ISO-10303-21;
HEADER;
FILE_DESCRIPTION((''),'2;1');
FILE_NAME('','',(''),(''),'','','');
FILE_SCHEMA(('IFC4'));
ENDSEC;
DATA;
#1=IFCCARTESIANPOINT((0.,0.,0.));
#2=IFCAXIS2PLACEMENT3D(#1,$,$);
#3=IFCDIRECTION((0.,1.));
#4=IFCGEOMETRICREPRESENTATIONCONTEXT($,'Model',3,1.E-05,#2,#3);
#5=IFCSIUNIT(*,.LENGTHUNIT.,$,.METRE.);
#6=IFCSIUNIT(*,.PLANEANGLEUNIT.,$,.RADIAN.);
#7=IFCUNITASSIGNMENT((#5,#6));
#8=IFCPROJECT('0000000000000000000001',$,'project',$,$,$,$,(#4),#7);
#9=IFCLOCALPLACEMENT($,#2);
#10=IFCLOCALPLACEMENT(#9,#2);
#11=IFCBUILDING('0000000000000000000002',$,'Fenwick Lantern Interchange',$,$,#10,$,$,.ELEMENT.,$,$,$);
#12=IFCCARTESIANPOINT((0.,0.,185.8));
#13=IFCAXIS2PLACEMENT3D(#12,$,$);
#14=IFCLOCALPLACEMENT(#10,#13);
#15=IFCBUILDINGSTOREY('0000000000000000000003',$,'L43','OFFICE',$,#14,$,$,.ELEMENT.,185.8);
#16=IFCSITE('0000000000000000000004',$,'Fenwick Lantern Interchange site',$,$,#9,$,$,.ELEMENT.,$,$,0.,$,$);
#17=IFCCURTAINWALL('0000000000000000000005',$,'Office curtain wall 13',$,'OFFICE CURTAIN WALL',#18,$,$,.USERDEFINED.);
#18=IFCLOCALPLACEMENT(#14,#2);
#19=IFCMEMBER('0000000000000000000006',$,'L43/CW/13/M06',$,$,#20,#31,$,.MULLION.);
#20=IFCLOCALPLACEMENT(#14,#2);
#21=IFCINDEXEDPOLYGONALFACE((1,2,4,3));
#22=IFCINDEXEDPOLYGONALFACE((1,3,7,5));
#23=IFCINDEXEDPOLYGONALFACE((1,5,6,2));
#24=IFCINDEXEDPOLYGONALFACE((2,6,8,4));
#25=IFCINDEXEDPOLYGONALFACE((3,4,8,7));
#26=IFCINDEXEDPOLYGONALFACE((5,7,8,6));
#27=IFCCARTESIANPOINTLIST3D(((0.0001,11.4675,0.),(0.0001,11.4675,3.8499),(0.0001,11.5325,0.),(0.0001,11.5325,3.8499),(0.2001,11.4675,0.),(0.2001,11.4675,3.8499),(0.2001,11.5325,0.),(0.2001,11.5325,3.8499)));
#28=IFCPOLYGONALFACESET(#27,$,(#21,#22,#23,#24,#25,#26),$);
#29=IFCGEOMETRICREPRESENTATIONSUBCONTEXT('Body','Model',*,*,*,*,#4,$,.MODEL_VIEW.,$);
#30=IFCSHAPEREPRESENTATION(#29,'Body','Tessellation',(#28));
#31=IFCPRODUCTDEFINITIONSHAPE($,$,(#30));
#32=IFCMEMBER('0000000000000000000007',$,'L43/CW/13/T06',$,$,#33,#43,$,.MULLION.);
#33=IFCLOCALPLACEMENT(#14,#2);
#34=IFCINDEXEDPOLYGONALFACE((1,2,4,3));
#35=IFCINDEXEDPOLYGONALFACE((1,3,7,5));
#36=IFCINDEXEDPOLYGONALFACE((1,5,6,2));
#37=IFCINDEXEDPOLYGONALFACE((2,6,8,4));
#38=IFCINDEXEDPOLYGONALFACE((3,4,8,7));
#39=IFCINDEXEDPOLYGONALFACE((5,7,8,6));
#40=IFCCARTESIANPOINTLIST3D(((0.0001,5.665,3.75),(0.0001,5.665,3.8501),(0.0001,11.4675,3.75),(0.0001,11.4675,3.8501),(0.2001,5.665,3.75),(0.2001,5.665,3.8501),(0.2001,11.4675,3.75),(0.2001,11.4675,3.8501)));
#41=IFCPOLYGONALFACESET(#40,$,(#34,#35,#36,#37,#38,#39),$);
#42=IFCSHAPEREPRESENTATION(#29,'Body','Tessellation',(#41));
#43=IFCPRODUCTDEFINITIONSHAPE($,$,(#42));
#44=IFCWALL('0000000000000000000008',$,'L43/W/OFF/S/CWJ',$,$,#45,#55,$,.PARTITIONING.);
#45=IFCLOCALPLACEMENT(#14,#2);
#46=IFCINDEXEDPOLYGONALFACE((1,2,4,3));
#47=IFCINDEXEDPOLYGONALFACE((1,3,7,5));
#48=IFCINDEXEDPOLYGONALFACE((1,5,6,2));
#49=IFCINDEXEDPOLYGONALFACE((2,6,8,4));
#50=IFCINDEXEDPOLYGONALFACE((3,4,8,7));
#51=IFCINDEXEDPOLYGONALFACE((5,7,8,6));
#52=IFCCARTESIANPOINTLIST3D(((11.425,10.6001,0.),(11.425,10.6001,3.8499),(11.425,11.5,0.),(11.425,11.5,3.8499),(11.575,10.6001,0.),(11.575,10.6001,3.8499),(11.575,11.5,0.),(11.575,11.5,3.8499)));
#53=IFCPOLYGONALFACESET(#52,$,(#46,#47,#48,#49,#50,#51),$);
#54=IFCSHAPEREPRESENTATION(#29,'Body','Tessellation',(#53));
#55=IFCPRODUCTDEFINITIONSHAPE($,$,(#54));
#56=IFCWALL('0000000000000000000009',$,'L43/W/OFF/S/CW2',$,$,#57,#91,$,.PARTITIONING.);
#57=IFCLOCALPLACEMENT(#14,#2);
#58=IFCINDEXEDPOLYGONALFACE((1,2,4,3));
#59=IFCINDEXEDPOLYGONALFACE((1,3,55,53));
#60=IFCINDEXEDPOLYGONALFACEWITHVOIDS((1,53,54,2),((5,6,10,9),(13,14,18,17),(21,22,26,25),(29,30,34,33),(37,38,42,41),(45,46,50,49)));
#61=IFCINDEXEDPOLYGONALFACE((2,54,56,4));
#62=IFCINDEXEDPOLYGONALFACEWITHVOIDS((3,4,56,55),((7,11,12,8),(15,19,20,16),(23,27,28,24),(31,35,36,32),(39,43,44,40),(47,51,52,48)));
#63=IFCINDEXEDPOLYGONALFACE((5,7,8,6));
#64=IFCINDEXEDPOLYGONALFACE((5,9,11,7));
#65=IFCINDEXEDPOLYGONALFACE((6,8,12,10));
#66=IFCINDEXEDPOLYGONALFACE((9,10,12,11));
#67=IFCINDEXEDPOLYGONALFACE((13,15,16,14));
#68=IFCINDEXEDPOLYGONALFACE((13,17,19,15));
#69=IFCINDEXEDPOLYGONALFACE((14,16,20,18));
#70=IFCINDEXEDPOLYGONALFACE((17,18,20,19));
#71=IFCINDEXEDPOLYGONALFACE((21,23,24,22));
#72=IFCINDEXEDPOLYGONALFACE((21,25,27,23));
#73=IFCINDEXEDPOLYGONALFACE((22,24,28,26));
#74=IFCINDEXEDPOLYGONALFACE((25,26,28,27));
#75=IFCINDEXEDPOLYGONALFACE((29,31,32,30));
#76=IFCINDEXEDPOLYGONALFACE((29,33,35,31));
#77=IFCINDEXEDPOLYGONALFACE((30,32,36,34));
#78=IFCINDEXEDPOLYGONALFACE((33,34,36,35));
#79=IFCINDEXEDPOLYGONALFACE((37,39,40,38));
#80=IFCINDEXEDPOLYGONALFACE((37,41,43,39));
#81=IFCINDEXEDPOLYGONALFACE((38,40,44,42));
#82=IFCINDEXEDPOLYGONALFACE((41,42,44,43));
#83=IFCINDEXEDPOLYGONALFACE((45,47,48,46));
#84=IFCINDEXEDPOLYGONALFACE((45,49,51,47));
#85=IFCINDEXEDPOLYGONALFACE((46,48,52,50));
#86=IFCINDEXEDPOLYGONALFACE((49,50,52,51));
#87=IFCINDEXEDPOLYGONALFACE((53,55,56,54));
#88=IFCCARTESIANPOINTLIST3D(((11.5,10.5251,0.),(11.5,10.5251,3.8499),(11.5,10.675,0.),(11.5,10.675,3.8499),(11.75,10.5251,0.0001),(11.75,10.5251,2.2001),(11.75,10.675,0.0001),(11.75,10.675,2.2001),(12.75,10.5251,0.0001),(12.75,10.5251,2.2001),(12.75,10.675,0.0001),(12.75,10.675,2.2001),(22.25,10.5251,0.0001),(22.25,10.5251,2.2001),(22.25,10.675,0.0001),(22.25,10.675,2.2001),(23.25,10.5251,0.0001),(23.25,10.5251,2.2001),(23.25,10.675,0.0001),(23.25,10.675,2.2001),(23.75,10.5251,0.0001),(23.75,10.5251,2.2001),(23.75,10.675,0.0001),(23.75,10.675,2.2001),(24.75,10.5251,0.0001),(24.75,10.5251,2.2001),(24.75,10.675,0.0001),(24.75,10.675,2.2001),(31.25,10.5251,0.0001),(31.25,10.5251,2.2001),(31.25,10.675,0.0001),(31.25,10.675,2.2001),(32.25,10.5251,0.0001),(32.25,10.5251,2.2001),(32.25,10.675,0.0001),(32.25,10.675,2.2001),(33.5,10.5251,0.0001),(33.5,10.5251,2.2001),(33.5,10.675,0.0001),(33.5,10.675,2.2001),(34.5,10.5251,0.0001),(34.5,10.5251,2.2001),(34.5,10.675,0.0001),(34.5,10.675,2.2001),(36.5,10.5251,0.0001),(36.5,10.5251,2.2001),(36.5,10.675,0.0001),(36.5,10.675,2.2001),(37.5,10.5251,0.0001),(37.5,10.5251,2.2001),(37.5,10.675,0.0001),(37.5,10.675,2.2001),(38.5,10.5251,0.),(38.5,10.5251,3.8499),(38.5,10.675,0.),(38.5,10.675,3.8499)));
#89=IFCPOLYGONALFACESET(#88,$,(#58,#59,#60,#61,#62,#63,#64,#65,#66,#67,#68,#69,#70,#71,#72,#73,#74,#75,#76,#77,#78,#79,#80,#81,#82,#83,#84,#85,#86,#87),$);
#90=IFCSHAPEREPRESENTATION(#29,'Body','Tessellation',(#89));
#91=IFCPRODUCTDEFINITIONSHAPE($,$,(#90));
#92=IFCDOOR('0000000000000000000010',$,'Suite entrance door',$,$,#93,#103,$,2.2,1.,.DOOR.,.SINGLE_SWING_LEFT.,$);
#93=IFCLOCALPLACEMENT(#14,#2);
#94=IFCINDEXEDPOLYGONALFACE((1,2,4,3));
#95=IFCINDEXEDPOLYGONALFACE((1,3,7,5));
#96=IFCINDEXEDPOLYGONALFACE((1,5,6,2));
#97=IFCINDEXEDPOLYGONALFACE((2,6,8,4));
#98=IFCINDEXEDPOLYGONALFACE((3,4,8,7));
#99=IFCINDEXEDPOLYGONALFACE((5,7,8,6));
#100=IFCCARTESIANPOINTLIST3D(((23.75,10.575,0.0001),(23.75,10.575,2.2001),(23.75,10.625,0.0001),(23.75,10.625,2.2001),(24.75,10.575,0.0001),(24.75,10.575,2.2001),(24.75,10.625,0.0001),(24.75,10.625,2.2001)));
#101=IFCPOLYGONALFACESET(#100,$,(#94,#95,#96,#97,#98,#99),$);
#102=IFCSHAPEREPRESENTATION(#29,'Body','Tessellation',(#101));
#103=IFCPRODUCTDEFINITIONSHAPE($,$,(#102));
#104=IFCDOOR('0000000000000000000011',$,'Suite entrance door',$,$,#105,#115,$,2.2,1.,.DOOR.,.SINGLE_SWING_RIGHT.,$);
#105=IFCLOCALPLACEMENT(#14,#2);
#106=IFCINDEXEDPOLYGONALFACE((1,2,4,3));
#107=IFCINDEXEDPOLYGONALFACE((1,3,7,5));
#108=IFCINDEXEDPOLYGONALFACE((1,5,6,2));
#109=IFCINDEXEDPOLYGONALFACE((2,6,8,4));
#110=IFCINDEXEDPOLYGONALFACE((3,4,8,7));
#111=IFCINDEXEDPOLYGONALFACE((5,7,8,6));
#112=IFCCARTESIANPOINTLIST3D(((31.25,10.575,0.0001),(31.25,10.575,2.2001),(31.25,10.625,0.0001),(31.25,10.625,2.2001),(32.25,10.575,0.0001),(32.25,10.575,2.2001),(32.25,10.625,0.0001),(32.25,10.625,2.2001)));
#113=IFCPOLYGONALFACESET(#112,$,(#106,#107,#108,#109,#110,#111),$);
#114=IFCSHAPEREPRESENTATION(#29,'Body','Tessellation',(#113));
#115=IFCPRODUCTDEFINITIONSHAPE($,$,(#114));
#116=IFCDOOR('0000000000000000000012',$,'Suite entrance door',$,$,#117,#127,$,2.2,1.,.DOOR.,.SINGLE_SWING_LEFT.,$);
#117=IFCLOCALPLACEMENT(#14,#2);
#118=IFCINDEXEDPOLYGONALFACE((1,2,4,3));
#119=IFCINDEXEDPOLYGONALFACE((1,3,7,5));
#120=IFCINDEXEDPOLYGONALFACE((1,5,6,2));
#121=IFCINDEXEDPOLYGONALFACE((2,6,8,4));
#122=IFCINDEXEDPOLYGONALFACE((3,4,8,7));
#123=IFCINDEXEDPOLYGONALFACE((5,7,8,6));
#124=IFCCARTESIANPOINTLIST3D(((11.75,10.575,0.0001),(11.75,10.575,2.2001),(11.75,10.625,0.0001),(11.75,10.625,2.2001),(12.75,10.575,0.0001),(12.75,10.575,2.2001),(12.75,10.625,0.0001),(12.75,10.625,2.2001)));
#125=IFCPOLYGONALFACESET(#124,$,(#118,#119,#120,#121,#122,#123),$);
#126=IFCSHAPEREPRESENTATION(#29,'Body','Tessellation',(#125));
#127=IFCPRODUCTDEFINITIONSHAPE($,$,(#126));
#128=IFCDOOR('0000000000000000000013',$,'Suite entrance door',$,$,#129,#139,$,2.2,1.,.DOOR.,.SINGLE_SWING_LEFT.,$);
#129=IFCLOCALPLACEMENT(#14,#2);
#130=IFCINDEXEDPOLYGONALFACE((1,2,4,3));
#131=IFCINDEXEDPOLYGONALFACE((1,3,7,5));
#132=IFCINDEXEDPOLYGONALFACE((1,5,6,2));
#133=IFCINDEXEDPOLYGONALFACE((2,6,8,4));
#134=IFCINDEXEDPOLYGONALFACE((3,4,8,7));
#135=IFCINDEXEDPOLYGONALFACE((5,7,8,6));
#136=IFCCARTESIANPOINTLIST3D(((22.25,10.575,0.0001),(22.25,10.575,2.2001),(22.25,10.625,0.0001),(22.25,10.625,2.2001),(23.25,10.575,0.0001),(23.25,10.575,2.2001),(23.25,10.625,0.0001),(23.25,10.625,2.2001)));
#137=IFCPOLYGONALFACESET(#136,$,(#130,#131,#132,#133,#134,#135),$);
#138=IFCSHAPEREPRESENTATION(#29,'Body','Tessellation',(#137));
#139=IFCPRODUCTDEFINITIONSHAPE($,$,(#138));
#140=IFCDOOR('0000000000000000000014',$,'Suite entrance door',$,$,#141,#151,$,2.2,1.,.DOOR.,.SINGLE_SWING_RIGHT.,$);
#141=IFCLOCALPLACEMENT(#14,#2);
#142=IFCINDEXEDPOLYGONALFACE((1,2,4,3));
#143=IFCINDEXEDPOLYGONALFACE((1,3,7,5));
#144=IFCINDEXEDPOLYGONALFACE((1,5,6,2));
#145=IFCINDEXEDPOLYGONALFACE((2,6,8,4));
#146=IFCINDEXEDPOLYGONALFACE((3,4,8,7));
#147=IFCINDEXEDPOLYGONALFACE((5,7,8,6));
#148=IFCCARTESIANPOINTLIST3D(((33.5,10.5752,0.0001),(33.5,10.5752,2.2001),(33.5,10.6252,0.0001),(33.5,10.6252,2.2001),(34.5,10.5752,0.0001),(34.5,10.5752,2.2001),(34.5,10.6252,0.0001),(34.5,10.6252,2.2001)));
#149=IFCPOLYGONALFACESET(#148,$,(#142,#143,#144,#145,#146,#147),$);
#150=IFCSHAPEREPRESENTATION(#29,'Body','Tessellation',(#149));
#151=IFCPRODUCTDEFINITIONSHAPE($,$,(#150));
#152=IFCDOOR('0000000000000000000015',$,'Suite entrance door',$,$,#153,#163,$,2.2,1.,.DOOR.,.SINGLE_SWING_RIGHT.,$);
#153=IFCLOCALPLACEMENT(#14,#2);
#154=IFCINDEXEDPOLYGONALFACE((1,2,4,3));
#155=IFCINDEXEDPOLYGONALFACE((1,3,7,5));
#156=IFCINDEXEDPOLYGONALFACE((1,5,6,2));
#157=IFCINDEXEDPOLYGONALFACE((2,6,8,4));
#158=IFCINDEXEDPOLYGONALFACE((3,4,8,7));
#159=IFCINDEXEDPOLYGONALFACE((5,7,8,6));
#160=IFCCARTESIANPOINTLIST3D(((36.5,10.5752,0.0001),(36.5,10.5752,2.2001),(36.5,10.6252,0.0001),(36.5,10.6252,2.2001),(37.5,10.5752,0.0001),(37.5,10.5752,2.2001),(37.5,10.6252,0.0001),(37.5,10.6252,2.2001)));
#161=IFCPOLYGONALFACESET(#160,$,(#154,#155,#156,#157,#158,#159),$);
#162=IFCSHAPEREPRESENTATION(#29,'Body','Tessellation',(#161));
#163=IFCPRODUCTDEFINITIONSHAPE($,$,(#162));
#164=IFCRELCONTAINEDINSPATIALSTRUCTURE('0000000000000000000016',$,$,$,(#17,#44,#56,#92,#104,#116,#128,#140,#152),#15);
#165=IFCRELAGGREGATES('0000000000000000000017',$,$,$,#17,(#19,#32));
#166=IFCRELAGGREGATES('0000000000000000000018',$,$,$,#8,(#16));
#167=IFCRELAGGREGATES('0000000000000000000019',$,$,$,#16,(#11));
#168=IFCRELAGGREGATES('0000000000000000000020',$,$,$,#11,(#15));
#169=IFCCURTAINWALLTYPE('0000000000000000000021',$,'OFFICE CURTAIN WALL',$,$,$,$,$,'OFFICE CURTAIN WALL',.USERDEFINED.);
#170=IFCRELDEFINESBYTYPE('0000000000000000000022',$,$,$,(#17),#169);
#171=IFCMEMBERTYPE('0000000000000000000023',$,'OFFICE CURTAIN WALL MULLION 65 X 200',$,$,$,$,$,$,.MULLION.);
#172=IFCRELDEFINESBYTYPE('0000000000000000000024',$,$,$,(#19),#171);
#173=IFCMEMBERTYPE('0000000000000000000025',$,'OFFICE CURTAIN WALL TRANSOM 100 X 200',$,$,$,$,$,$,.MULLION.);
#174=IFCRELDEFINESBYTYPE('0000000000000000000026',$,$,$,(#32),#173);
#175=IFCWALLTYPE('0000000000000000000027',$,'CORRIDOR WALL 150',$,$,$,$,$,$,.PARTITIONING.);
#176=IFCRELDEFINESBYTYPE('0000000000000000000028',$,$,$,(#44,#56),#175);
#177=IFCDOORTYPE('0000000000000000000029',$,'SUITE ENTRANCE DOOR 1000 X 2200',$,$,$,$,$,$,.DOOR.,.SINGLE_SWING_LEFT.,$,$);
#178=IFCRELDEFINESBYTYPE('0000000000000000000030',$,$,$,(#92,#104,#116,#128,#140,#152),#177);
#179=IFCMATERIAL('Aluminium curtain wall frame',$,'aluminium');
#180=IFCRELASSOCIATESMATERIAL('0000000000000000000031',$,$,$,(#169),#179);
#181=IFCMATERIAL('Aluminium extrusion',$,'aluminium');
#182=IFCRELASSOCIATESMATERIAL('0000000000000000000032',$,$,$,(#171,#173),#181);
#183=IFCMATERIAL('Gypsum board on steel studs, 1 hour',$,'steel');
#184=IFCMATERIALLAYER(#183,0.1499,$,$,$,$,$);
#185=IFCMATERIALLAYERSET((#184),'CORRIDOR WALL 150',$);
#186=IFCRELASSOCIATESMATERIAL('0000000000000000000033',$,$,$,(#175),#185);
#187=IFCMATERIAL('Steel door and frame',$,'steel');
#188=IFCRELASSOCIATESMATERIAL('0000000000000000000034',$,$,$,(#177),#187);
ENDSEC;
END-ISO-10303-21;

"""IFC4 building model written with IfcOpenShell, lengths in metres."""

from ifc_helpers import new_model, si_unit, direction, frame, frame_2d, origin, origin_2d, place, context, subcontext, project, spatial, rectangle, extrude, material, layer, layer_set, material_profile, profile_set, type_object, element, fill, aggregate, save


model = new_model("IFC4")

# Units and contexts
model_context = context("Model", 3, precision=1e-05, world=origin(), true_north=direction((0.0, 1.0)))
body_context = subcontext(model_context, "Body", "Model", "MODEL_VIEW")
ifc_project = project(units=[si_unit("LENGTHUNIT", "METRE"), si_unit("PLANEANGLEUNIT", "RADIAN")], contexts=[model_context])

# Site, building, storey
site_placement = place(None, origin())
site = spatial("IfcSite", under=ifc_project, at=site_placement, Name="Fenwick Lantern Interchange site", CompositionType="ELEMENT", RefElevation=0.0)
building_placement = place(site_placement, origin())
building = spatial("IfcBuilding", under=site, at=building_placement, Name="Fenwick Lantern Interchange", CompositionType="ELEMENT")
storey_placement = place(building_placement, frame((0.0, 0.0, 185.8)))
storey = spatial("IfcBuildingStorey", under=building, at=storey_placement, Name="L43", Description="OFFICE", CompositionType="ELEMENT", Elevation=185.8)

# Curtain wall, members
ifc_material_1 = material(Name="Aluminium curtain wall frame", Category="aluminium")
curtain_wall_type = type_object("IfcCurtainWallType", Name="OFFICE CURTAIN WALL", ElementType="OFFICE CURTAIN WALL", PredefinedType="USERDEFINED", material=ifc_material_1)
curtain_wall_placement = place(storey_placement, origin())
curtain_wall = element("IfcCurtainWall", 1, at=curtain_wall_placement, inside=storey, type_object=curtain_wall_type, Name="Office curtain wall 13", ObjectType="OFFICE CURTAIN WALL", PredefinedType="USERDEFINED")
ifc_material_2 = material(Name="Aluminium extrusion", Category="aluminium")
ifc_material_profile_1 = material_profile(ifc_material_2, rectangle(XDim=0.2, YDim=0.0649, at=origin_2d()), Name="OFFICE CURTAIN WALL MULLION 65 X 200")
ifc_profile_set_1 = profile_set([ifc_material_profile_1], Name="Aluminium extrusion")
member_type_1 = type_object("IfcMemberType", Name="OFFICE CURTAIN WALL MULLION 65 X 200", PredefinedType="MULLION", material=ifc_profile_set_1)
member_1_placement = place(storey_placement, frame((0.1001, 11.5, 0.0), z_axis=(0.0, 0.0, 1.0), x_axis=(1.0, 0.0, 0.0)))
member_1 = element("IfcMember", 2, at=member_1_placement, type_object=member_type_1, Name="L43/CW/13/M06", PredefinedType="MULLION", context=body_context, shape_type="SweptSolid", body=[
    extrude(rectangle(XDim=0.2, YDim=0.0649, at=origin_2d()), origin(), (0.0, 0.0, 1.0), 3.8499),
])
ifc_material_profile_2 = material_profile(ifc_material_2, rectangle(XDim=0.2, YDim=0.1001, at=origin_2d()), Name="OFFICE CURTAIN WALL TRANSOM 100 X 200")
ifc_profile_set_2 = profile_set([ifc_material_profile_2], Name="Aluminium extrusion")
member_type_2 = type_object("IfcMemberType", Name="OFFICE CURTAIN WALL TRANSOM 100 X 200", PredefinedType="MULLION", material=ifc_profile_set_2)
member_2_placement = place(storey_placement, frame((0.1001, 11.4675, 3.8), z_axis=(0.0, -1.0, 0.0), x_axis=(1.0, 0.0, 0.0)))
member_2 = element("IfcMember", 3, at=member_2_placement, type_object=member_type_2, Name="L43/CW/13/T06", PredefinedType="MULLION", context=body_context, shape_type="SweptSolid", body=[
    extrude(rectangle(XDim=0.2, YDim=0.1001, at=origin_2d()), origin(), (0.0, 0.0, 1.0), 5.8025),
])
aggregate(curtain_wall, [member_1, member_2])

# Wall
ifc_material_3 = material(Name="Gypsum board on steel studs, 1 hour", Category="steel")
ifc_layer_1 = layer(ifc_material_3, 0.1499)
ifc_layer_set_1 = layer_set([ifc_layer_1], Name="CORRIDOR WALL 150")
wall_type_1 = type_object("IfcWallType", Name="CORRIDOR WALL 150", PredefinedType="PARTITIONING", material=ifc_layer_set_1)
wall_1_placement = place(storey_placement, frame((11.5, 11.5, 0.0), z_axis=(0.0, 0.0, 1.0), x_axis=(0.0, -1.0, 0.0)))
element("IfcWall", 4, at=wall_1_placement, inside=storey, type_object=wall_type_1, Name="L43/W/OFF/S/CWJ", PredefinedType="PARTITIONING", context=body_context, shape_type="SweptSolid", body=[
    extrude(rectangle(XDim=0.8999, YDim=0.1499, at=frame_2d((0.45, 0.0))), origin(), (0.0, 0.0, 1.0), 3.8499),
])

# Wall, openings, doors
wall_2_placement = place(storey_placement, frame((11.5, 10.6001, 0.0), z_axis=(0.0, 0.0, 1.0), x_axis=(1.0, 0.0, 0.0)))
wall_2 = element("IfcWall", 5, at=wall_2_placement, inside=storey, type_object=wall_type_1, Name="L43/W/OFF/S/CW2", PredefinedType="PARTITIONING", context=body_context, shape_type="SweptSolid", body=[
    extrude(rectangle(XDim=27.0, YDim=0.1499, at=frame_2d((13.5, 0.0))), origin(), (0.0, 0.0, 1.0), 3.8499),
])
opening_1_placement = place(wall_2_placement, frame((12.25, 0.0, 0.0)))
opening_1 = element("IfcOpeningElement", 6, at=opening_1_placement, cuts=wall_2, PredefinedType="OPENING", context=body_context, shape_type="SweptSolid", body=[
    extrude(rectangle(XDim=1.0, YDim=2.2, at=frame_2d((0.5, 1.1001))), frame((0.0, 0.085, 0.0), z_axis=(0.0, -1.0, 0.0), x_axis=(1.0, 0.0, 0.0)), (0.0, 0.0, 1.0), 0.1699),
])
opening_2_placement = place(wall_2_placement, frame((19.75, 0.0, 0.0)))
opening_2 = element("IfcOpeningElement", 7, at=opening_2_placement, cuts=wall_2, PredefinedType="OPENING", context=body_context, shape_type="SweptSolid", body=[
    extrude(rectangle(XDim=1.0, YDim=2.2, at=frame_2d((0.5, 1.1001))), frame((0.0, 0.085, 0.0), z_axis=(0.0, -1.0, 0.0), x_axis=(1.0, 0.0, 0.0)), (0.0, 0.0, 1.0), 0.1699),
])
opening_3_placement = place(wall_2_placement, frame((0.25, 0.0, 0.0)))
opening_3 = element("IfcOpeningElement", 8, at=opening_3_placement, cuts=wall_2, PredefinedType="OPENING", context=body_context, shape_type="SweptSolid", body=[
    extrude(rectangle(XDim=1.0, YDim=2.2, at=frame_2d((0.5, 1.1001))), frame((0.0, 0.085, 0.0), z_axis=(0.0, -1.0, 0.0), x_axis=(1.0, 0.0, 0.0)), (0.0, 0.0, 1.0), 0.1699),
])
opening_4_placement = place(wall_2_placement, frame((10.75, 0.0, 0.0)))
opening_4 = element("IfcOpeningElement", 9, at=opening_4_placement, cuts=wall_2, PredefinedType="OPENING", context=body_context, shape_type="SweptSolid", body=[
    extrude(rectangle(XDim=1.0, YDim=2.2, at=frame_2d((0.5, 1.1001))), frame((0.0, 0.085, 0.0), z_axis=(0.0, -1.0, 0.0), x_axis=(1.0, 0.0, 0.0)), (0.0, 0.0, 1.0), 0.1699),
])
opening_5_placement = place(wall_2_placement, frame((22.0, 0.0, 0.0)))
opening_5 = element("IfcOpeningElement", 10, at=opening_5_placement, cuts=wall_2, PredefinedType="OPENING", context=body_context, shape_type="SweptSolid", body=[
    extrude(rectangle(XDim=1.0, YDim=2.2, at=frame_2d((0.5, 1.1001))), frame((0.0, 0.085, 0.0), z_axis=(0.0, -1.0, 0.0), x_axis=(1.0, 0.0, 0.0)), (0.0, 0.0, 1.0), 0.1699),
])
opening_6_placement = place(wall_2_placement, frame((25.0, 0.0, 0.0)))
opening_6 = element("IfcOpeningElement", 11, at=opening_6_placement, cuts=wall_2, PredefinedType="OPENING", context=body_context, shape_type="SweptSolid", body=[
    extrude(rectangle(XDim=1.0, YDim=2.2, at=frame_2d((0.5, 1.1001))), frame((0.0, 0.085, 0.0), z_axis=(0.0, -1.0, 0.0), x_axis=(1.0, 0.0, 0.0)), (0.0, 0.0, 1.0), 0.1699),
])
ifc_material_4 = material(Name="Steel door and frame", Category="steel")
door_type = type_object("IfcDoorType", Name="SUITE ENTRANCE DOOR 1000 X 2200", OperationType="SINGLE_SWING_LEFT", PredefinedType="DOOR", material=ifc_material_4)
door_1_placement = place(opening_1_placement, origin())
door_1 = element("IfcDoor", 12, at=door_1_placement, inside=storey, type_object=door_type, Name="Suite entrance door", OperationType="SINGLE_SWING_LEFT", OverallHeight=2.2, OverallWidth=1.0, PredefinedType="DOOR", context=body_context, shape_type="SweptSolid", body=[
    extrude(rectangle(XDim=1.0, YDim=2.2, at=frame_2d((0.5, 1.1001))), frame((0.0, 0.0249, 0.0), z_axis=(0.0, -1.0, 0.0), x_axis=(1.0, 0.0, 0.0)), (0.0, 0.0, 1.0), 0.05),
])
fill(opening_1, door_1)
door_2_placement = place(opening_2_placement, origin())
door_2 = element("IfcDoor", 13, at=door_2_placement, inside=storey, type_object=door_type, Name="Suite entrance door", OperationType="SINGLE_SWING_RIGHT", OverallHeight=2.2, OverallWidth=1.0, PredefinedType="DOOR", context=body_context, shape_type="SweptSolid", body=[
    extrude(rectangle(XDim=1.0, YDim=2.2, at=frame_2d((0.5, 1.1001))), frame((0.0, 0.0249, 0.0), z_axis=(0.0, -1.0, 0.0), x_axis=(1.0, 0.0, 0.0)), (0.0, 0.0, 1.0), 0.05),
])
fill(opening_2, door_2)
door_3_placement = place(opening_3_placement, origin())
door_3 = element("IfcDoor", 14, at=door_3_placement, inside=storey, type_object=door_type, Name="Suite entrance door", OperationType="SINGLE_SWING_LEFT", OverallHeight=2.2, OverallWidth=1.0, PredefinedType="DOOR", context=body_context, shape_type="SweptSolid", body=[
    extrude(rectangle(XDim=1.0, YDim=2.2, at=frame_2d((0.5, 1.1001))), frame((0.0, 0.0249, 0.0), z_axis=(0.0, -1.0, 0.0), x_axis=(1.0, 0.0, 0.0)), (0.0, 0.0, 1.0), 0.05),
])
fill(opening_3, door_3)
door_4_placement = place(opening_4_placement, origin())
door_4 = element("IfcDoor", 15, at=door_4_placement, inside=storey, type_object=door_type, Name="Suite entrance door", OperationType="SINGLE_SWING_LEFT", OverallHeight=2.2, OverallWidth=1.0, PredefinedType="DOOR", context=body_context, shape_type="SweptSolid", body=[
    extrude(rectangle(XDim=1.0, YDim=2.2, at=frame_2d((0.5, 1.1001))), frame((0.0, 0.0249, 0.0), z_axis=(0.0, -1.0, 0.0), x_axis=(1.0, 0.0, 0.0)), (0.0, 0.0, 1.0), 0.05),
])
fill(opening_4, door_4)
door_5_placement = place(opening_5_placement, frame((1.0, 0.0, 0.0), z_axis=(0.0, 0.0, 1.0), x_axis=(-1.0, 0.0, 0.0)))
door_5 = element("IfcDoor", 16, at=door_5_placement, inside=storey, type_object=door_type, Name="Suite entrance door", OperationType="SINGLE_SWING_RIGHT", OverallHeight=2.2, OverallWidth=1.0, PredefinedType="DOOR", context=body_context, shape_type="SweptSolid", body=[
    extrude(rectangle(XDim=1.0, YDim=2.2, at=frame_2d((0.5, 1.1001))), frame((0.0, 0.0249, 0.0), z_axis=(0.0, -1.0, 0.0), x_axis=(1.0, 0.0, 0.0)), (0.0, 0.0, 1.0), 0.05),
])
fill(opening_5, door_5)
door_6_placement = place(opening_6_placement, frame((1.0, 0.0, 0.0), z_axis=(0.0, 0.0, 1.0), x_axis=(-1.0, 0.0, 0.0)))
door_6 = element("IfcDoor", 17, at=door_6_placement, inside=storey, type_object=door_type, Name="Suite entrance door", OperationType="SINGLE_SWING_RIGHT", OverallHeight=2.2, OverallWidth=1.0, PredefinedType="DOOR", context=body_context, shape_type="SweptSolid", body=[
    extrude(rectangle(XDim=1.0, YDim=2.2, at=frame_2d((0.5, 1.1001))), frame((0.0, 0.0249, 0.0), z_axis=(0.0, -1.0, 0.0), x_axis=(1.0, 0.0, 0.0)), (0.0, 0.0, 1.0), 0.05),
])
fill(opening_6, door_6)

save(model, "model.ifc")
